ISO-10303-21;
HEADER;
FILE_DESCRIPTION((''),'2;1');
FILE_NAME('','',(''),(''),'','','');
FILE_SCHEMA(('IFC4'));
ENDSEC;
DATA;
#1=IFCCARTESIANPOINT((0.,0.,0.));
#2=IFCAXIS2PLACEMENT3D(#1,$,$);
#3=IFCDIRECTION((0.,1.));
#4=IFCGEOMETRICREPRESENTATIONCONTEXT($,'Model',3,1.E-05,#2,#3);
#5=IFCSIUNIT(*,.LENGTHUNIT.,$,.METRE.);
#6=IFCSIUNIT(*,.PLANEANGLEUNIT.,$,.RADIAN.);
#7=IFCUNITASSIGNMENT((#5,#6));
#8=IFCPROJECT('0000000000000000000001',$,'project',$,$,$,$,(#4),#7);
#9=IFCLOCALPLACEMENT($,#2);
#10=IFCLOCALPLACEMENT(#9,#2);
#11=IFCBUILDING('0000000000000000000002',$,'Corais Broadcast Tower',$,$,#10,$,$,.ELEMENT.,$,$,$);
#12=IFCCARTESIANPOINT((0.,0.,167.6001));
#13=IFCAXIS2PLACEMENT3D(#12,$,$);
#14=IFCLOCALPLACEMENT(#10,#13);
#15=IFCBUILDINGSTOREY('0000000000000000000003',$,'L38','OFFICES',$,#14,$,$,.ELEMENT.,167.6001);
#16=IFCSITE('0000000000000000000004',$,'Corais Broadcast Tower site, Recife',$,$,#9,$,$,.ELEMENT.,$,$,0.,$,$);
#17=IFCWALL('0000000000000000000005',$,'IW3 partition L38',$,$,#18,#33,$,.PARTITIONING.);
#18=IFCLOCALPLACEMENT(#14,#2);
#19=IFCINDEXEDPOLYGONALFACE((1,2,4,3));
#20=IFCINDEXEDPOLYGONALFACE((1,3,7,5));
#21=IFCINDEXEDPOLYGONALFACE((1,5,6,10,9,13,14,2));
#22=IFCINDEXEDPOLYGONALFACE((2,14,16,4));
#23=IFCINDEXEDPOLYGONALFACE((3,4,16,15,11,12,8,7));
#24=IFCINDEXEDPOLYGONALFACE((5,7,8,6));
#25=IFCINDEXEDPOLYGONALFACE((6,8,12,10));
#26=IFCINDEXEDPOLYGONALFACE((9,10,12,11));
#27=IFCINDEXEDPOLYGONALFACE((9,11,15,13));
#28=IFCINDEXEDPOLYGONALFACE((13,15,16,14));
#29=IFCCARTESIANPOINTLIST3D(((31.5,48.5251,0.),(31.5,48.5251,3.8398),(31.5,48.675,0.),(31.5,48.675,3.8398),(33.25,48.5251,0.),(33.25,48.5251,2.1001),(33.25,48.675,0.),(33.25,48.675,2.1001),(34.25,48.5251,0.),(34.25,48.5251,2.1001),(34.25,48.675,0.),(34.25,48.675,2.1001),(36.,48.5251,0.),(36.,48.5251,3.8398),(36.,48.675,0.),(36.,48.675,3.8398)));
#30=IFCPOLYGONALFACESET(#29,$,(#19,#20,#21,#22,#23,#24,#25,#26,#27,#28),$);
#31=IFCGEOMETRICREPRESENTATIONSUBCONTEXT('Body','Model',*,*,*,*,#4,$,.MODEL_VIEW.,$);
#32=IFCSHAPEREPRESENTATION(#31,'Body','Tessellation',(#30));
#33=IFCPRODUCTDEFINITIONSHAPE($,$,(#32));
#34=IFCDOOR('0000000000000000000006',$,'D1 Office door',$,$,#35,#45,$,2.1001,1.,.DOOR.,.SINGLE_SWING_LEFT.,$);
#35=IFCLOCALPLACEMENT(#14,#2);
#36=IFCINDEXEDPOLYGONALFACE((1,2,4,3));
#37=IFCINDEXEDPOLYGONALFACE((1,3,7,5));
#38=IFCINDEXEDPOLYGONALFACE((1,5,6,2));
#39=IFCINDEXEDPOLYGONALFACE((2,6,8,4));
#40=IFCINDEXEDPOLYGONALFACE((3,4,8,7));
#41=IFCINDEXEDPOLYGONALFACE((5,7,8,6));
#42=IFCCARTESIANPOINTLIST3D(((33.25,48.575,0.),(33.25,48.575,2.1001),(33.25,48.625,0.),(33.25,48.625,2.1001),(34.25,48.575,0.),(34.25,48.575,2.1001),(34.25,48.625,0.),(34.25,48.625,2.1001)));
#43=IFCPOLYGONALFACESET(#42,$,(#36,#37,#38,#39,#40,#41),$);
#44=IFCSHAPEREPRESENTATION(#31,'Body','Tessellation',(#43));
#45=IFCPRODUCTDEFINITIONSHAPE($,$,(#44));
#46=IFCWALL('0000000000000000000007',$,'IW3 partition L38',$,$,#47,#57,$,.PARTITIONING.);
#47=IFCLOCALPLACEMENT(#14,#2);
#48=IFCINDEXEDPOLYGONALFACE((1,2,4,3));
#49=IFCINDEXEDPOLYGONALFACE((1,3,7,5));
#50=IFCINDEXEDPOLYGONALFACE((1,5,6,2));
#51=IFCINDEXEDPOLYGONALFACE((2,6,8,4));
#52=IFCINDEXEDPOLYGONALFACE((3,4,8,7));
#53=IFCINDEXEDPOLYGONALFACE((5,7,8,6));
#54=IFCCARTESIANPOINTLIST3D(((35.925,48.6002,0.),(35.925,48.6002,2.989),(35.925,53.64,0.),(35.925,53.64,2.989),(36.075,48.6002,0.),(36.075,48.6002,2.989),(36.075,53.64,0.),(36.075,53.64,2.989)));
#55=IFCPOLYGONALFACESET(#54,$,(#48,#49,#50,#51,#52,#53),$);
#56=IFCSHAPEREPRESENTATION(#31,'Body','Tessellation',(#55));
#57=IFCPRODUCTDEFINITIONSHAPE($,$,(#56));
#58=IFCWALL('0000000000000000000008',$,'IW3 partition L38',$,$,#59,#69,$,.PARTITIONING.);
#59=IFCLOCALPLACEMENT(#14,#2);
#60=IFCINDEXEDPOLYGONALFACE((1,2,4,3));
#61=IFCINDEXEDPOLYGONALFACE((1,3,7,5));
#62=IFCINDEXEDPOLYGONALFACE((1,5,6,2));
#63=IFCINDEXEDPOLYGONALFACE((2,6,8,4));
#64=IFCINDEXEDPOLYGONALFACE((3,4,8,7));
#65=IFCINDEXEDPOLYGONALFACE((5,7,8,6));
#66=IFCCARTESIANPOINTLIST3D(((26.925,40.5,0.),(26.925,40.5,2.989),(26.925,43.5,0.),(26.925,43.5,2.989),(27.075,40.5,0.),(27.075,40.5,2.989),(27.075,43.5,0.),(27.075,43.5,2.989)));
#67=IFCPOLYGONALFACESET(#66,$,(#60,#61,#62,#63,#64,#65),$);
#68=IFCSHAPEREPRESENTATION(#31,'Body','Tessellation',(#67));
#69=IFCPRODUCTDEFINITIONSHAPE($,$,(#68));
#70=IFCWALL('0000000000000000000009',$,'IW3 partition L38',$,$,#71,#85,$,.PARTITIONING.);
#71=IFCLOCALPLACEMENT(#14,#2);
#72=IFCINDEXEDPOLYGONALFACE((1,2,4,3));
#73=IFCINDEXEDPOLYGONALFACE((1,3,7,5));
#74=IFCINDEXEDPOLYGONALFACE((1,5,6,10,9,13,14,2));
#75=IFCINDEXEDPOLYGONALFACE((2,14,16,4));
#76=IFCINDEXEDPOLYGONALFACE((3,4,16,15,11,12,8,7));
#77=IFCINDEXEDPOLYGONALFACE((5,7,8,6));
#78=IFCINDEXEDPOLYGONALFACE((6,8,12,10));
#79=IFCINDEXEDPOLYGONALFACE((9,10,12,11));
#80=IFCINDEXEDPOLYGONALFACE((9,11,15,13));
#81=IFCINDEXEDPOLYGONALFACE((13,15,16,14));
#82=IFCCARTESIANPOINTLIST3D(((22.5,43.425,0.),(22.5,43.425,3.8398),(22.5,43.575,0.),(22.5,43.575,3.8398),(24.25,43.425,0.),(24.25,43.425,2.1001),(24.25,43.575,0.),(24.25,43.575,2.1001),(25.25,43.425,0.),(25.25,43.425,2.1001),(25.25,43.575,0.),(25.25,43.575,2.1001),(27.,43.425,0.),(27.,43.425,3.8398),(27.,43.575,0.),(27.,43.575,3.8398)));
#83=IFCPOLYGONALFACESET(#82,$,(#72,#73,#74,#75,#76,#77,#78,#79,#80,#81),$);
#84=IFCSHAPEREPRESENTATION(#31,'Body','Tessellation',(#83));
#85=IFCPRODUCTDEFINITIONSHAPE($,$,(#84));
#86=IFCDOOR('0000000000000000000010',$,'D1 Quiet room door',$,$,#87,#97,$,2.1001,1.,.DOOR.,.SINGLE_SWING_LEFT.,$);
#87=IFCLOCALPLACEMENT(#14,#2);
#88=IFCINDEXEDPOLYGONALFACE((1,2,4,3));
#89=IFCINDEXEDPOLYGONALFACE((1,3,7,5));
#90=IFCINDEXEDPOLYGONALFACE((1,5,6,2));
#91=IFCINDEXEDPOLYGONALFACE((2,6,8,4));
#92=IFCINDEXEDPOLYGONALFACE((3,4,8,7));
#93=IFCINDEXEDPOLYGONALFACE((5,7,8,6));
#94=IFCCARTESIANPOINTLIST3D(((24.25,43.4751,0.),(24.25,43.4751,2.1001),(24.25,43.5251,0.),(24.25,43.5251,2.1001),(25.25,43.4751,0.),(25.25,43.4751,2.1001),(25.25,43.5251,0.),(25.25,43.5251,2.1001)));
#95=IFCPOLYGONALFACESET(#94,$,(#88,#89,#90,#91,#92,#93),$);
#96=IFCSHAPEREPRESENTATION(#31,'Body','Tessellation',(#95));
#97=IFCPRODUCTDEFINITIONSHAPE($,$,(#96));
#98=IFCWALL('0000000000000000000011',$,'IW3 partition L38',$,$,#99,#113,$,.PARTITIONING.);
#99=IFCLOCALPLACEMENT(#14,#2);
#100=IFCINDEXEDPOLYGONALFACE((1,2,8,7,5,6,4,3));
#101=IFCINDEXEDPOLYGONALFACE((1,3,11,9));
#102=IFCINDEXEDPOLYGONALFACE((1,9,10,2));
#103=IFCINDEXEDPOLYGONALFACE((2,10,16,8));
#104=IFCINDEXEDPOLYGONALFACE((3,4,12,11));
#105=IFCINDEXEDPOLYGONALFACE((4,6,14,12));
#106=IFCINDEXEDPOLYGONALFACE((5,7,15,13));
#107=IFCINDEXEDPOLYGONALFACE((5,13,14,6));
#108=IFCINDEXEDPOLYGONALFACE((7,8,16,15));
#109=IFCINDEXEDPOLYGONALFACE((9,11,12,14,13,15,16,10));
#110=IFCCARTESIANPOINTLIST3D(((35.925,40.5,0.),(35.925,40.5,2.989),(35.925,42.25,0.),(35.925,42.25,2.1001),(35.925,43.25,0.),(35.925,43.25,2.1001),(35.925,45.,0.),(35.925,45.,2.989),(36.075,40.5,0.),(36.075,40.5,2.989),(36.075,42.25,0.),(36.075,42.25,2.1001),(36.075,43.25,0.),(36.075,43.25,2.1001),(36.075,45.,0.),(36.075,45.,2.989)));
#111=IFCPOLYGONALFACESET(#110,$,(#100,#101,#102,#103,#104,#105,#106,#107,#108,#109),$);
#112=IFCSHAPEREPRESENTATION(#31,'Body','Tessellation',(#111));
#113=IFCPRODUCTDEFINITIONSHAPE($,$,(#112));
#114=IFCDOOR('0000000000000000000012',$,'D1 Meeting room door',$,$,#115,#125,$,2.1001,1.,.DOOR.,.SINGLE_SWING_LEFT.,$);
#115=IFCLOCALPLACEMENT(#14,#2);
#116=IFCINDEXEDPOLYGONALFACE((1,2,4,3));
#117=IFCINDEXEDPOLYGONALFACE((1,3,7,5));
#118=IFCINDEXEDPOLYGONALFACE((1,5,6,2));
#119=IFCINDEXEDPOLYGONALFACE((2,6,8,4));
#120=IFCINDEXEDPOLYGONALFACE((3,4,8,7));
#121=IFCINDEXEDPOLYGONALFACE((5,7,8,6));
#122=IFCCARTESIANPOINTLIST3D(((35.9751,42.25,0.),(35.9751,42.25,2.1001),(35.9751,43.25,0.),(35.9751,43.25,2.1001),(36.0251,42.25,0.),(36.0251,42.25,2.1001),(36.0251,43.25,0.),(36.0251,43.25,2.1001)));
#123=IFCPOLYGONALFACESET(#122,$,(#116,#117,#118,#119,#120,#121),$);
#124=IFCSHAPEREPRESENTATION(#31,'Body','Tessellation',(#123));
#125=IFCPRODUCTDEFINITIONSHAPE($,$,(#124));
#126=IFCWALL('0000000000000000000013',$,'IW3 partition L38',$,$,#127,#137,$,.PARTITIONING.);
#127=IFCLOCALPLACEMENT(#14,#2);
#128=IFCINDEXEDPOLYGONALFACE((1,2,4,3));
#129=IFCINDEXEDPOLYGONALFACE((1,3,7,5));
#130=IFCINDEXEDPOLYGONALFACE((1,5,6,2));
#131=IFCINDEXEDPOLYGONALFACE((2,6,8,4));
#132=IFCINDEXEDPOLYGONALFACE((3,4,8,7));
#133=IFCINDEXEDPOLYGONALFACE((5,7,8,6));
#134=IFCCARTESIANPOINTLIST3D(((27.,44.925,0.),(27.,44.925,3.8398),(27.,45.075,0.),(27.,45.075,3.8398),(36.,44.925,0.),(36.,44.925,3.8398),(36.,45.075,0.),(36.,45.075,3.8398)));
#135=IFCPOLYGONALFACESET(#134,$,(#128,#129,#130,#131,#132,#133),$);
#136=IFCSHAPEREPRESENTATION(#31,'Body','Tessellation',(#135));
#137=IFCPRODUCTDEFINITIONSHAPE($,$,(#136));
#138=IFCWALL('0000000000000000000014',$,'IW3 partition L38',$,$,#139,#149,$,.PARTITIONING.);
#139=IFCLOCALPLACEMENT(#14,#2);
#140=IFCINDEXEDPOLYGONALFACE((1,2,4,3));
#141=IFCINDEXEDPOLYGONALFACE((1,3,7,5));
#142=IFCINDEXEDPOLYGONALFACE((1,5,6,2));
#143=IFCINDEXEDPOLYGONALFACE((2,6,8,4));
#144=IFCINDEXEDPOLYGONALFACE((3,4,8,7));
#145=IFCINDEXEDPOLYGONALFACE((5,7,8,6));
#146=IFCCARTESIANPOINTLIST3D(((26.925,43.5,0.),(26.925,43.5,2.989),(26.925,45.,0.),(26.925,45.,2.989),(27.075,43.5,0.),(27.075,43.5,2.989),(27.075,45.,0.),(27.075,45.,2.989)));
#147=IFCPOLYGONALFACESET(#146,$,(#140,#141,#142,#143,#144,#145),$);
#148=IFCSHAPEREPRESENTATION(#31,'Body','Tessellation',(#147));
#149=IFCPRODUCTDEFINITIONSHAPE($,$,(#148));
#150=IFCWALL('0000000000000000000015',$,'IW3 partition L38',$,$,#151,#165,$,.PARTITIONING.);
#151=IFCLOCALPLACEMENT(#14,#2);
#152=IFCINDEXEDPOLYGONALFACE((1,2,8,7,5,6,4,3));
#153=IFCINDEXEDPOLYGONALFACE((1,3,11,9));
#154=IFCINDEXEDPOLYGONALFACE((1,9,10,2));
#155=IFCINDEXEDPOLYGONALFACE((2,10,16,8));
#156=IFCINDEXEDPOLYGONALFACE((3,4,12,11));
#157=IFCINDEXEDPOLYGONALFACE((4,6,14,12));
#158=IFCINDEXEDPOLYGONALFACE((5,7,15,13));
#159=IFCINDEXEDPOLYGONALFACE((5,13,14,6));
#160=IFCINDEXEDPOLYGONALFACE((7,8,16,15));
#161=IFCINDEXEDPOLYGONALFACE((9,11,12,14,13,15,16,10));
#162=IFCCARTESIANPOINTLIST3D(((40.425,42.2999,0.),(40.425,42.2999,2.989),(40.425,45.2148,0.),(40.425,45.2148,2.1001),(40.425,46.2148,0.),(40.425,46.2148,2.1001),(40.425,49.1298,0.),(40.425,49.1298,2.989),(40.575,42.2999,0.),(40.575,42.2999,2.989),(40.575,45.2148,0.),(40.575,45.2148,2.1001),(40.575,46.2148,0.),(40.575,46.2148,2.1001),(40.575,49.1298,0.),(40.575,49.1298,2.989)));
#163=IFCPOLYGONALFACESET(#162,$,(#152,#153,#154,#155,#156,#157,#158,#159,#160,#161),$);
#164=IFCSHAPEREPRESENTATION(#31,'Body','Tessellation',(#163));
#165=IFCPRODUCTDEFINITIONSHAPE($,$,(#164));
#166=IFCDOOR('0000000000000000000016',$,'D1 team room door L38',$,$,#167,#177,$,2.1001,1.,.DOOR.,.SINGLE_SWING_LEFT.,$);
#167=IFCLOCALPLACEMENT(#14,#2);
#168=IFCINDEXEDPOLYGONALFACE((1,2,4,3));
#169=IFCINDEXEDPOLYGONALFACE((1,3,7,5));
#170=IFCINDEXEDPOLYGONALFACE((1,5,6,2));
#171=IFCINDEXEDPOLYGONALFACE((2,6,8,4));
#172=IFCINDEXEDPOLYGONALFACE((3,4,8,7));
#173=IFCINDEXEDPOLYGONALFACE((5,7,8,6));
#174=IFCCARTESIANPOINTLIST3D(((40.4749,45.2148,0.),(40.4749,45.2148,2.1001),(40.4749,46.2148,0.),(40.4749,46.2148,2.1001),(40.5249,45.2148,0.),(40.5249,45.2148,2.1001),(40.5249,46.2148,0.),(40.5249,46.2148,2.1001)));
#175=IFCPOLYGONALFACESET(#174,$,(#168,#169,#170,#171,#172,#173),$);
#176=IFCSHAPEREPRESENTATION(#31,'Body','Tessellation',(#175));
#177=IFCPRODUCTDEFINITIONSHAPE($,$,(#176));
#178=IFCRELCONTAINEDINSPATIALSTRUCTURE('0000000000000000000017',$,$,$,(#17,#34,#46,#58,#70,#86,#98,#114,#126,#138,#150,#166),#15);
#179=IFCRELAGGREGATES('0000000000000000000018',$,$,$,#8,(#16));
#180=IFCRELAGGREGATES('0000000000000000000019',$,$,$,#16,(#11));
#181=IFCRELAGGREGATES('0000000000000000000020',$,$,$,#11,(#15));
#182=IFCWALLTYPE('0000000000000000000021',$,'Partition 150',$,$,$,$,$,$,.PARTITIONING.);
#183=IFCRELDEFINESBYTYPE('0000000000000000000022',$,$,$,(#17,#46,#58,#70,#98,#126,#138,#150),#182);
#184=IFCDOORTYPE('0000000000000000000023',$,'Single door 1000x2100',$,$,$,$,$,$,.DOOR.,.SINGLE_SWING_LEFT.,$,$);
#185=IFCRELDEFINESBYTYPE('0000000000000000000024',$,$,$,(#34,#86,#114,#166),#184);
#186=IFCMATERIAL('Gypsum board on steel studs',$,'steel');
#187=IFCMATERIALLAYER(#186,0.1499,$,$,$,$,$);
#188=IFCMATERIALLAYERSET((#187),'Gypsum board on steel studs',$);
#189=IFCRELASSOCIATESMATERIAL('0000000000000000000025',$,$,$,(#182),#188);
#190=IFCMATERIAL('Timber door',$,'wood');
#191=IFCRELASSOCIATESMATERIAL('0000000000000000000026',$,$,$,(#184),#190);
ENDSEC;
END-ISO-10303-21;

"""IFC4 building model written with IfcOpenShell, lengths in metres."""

from ifc_helpers import new_model, si_unit, direction, frame, frame_2d, origin, place, context, subcontext, project, spatial, rectangle, extrude, material, layer, layer_set, type_object, element, fill, save


model = new_model("IFC4")

# Units and contexts
model_context = context("Model", 3, precision=1e-05, world=origin(), true_north=direction((0.0, 1.0)))
body_context = subcontext(model_context, "Body", "Model", "MODEL_VIEW")
ifc_project = project(units=[si_unit("LENGTHUNIT", "METRE"), si_unit("PLANEANGLEUNIT", "RADIAN")], contexts=[model_context])

# Site, building, storey
site_placement = place(None, origin())
site = spatial("IfcSite", under=ifc_project, at=site_placement, Name="Corais Broadcast Tower site, Recife", CompositionType="ELEMENT", RefElevation=0.0)
building_placement = place(site_placement, origin())
building = spatial("IfcBuilding", under=site, at=building_placement, Name="Corais Broadcast Tower", CompositionType="ELEMENT")
storey_placement = place(building_placement, frame((0.0, 0.0, 167.6001)))
storey = spatial("IfcBuildingStorey", under=building, at=storey_placement, Name="L38", Description="OFFICES", CompositionType="ELEMENT", Elevation=167.6001)

# Shared definitions
ifc_material_1 = material(Name="Gypsum board on steel studs", Category="steel")
ifc_layer_1 = layer(ifc_material_1, 0.1499)
ifc_layer_set_1 = layer_set([ifc_layer_1], Name="Gypsum board on steel studs")
wall_type_1 = type_object("IfcWallType", Name="Partition 150", PredefinedType="PARTITIONING", material=ifc_layer_set_1)
ifc_material_2 = material(Name="Timber door", Category="wood")
door_type = type_object("IfcDoorType", Name="Single door 1000x2100", OperationType="SINGLE_SWING_LEFT", PredefinedType="DOOR", material=ifc_material_2)

# Wall, opening, door
wall_1_placement = place(storey_placement, frame((31.5, 48.6001, 0.0), z_axis=(0.0, 0.0, 1.0), x_axis=(1.0, 0.0, 0.0)))
wall_1 = element("IfcWall", 1, at=wall_1_placement, inside=storey, type_object=wall_type_1, Name="IW3 partition L38", PredefinedType="PARTITIONING", context=body_context, shape_type="SweptSolid", body=[
    extrude(rectangle(XDim=4.5, YDim=0.1499, at=frame_2d((2.25, 0.0))), origin(), (0.0, 0.0, 1.0), 3.8398),
])
opening_1_placement = place(wall_1_placement, frame((1.75, 0.0, 0.0)))
opening_1 = element("IfcOpeningElement", 2, at=opening_1_placement, cuts=wall_1, PredefinedType="OPENING", context=body_context, shape_type="SweptSolid", body=[
    extrude(rectangle(XDim=1.0, YDim=2.1001, at=frame_2d((0.5, 1.05))), frame((0.0, 0.085, 0.0), z_axis=(0.0, -1.0, 0.0), x_axis=(1.0, 0.0, 0.0)), (0.0, 0.0, 1.0), 0.1699),
])
door_1_placement = place(opening_1_placement, origin())
door_1 = element("IfcDoor", 3, at=door_1_placement, inside=storey, type_object=door_type, Name="D1 Office door", OperationType="SINGLE_SWING_LEFT", OverallHeight=2.1001, OverallWidth=1.0, PredefinedType="DOOR", context=body_context, shape_type="SweptSolid", body=[
    extrude(rectangle(XDim=1.0, YDim=2.1001, at=frame_2d((0.5, 1.05))), frame((0.0, 0.0249, 0.0), z_axis=(0.0, -1.0, 0.0), x_axis=(1.0, 0.0, 0.0)), (0.0, 0.0, 1.0), 0.05),
])
fill(opening_1, door_1)

# Walls
wall_2_placement = place(storey_placement, frame((36.0, 48.6001, 0.0), z_axis=(0.0, 0.0, 1.0), x_axis=(0.0, 1.0, 0.0)))
element("IfcWall", 4, at=wall_2_placement, inside=storey, type_object=wall_type_1, Name="IW3 partition L38", PredefinedType="PARTITIONING", context=body_context, shape_type="SweptSolid", body=[
    extrude(rectangle(XDim=5.0398, YDim=0.1499, at=frame_2d((2.52, 0.0))), origin(), (0.0, 0.0, 1.0), 2.989),
])
wall_3_placement = place(storey_placement, frame((27.0, 40.5, 0.0), z_axis=(0.0, 0.0, 1.0), x_axis=(0.0, 1.0, 0.0)))
element("IfcWall", 5, at=wall_3_placement, inside=storey, type_object=wall_type_1, Name="IW3 partition L38", PredefinedType="PARTITIONING", context=body_context, shape_type="SweptSolid", body=[
    extrude(rectangle(XDim=3.0, YDim=0.1499, at=frame_2d((1.5, 0.0))), origin(), (0.0, 0.0, 1.0), 2.989),
])

# Walls, openings, doors
wall_4_placement = place(storey_placement, frame((27.0, 43.5, 0.0), z_axis=(0.0, 0.0, 1.0), x_axis=(-1.0, 0.0, 0.0)))
wall_4 = element("IfcWall", 6, at=wall_4_placement, inside=storey, type_object=wall_type_1, Name="IW3 partition L38", PredefinedType="PARTITIONING", context=body_context, shape_type="SweptSolid", body=[
    extrude(rectangle(XDim=4.5, YDim=0.1499, at=frame_2d((2.25, 0.0))), origin(), (0.0, 0.0, 1.0), 3.8398),
])
opening_2_placement = place(wall_4_placement, frame((1.75, 0.0, 0.0)))
opening_2 = element("IfcOpeningElement", 7, at=opening_2_placement, cuts=wall_4, PredefinedType="OPENING", context=body_context, shape_type="SweptSolid", body=[
    extrude(rectangle(XDim=1.0, YDim=2.1001, at=frame_2d((0.5, 1.05))), frame((0.0, 0.085, 0.0), z_axis=(0.0, -1.0, 0.0), x_axis=(1.0, 0.0, 0.0)), (0.0, 0.0, 1.0), 0.1699),
])
door_2_placement = place(opening_2_placement, origin())
door_2 = element("IfcDoor", 8, at=door_2_placement, inside=storey, type_object=door_type, Name="D1 Quiet room door", OperationType="SINGLE_SWING_LEFT", OverallHeight=2.1001, OverallWidth=1.0, PredefinedType="DOOR", context=body_context, shape_type="SweptSolid", body=[
    extrude(rectangle(XDim=1.0, YDim=2.1001, at=frame_2d((0.5, 1.05))), frame((0.0, 0.0249, 0.0), z_axis=(0.0, -1.0, 0.0), x_axis=(1.0, 0.0, 0.0)), (0.0, 0.0, 1.0), 0.05),
])
fill(opening_2, door_2)
wall_5_placement = place(storey_placement, frame((36.0, 40.5, 0.0), z_axis=(0.0, 0.0, 1.0), x_axis=(0.0, 1.0, 0.0)))
wall_5 = element("IfcWall", 9, at=wall_5_placement, inside=storey, type_object=wall_type_1, Name="IW3 partition L38", PredefinedType="PARTITIONING", context=body_context, shape_type="SweptSolid", body=[
    extrude(rectangle(XDim=4.5, YDim=0.1499, at=frame_2d((2.25, 0.0))), origin(), (0.0, 0.0, 1.0), 2.989),
])
opening_3_placement = place(wall_5_placement, frame((1.75, 0.0, 0.0)))
opening_3 = element("IfcOpeningElement", 10, at=opening_3_placement, cuts=wall_5, PredefinedType="OPENING", context=body_context, shape_type="SweptSolid", body=[
    extrude(rectangle(XDim=1.0, YDim=2.1001, at=frame_2d((0.5, 1.05))), frame((0.0, 0.085, 0.0), z_axis=(0.0, -1.0, 0.0), x_axis=(1.0, 0.0, 0.0)), (0.0, 0.0, 1.0), 0.1699),
])
door_3_placement = place(opening_3_placement, origin())
door_3 = element("IfcDoor", 11, at=door_3_placement, inside=storey, type_object=door_type, Name="D1 Meeting room door", OperationType="SINGLE_SWING_LEFT", OverallHeight=2.1001, OverallWidth=1.0, PredefinedType="DOOR", context=body_context, shape_type="SweptSolid", body=[
    extrude(rectangle(XDim=1.0, YDim=2.1001, at=frame_2d((0.5, 1.05))), frame((0.0, 0.0249, 0.0), z_axis=(0.0, -1.0, 0.0), x_axis=(1.0, 0.0, 0.0)), (0.0, 0.0, 1.0), 0.05),
])
fill(opening_3, door_3)

# Walls
wall_6_placement = place(storey_placement, frame((36.0, 45.0, 0.0), z_axis=(0.0, 0.0, 1.0), x_axis=(-1.0, 0.0, 0.0)))
element("IfcWall", 12, at=wall_6_placement, inside=storey, type_object=wall_type_1, Name="IW3 partition L38", PredefinedType="PARTITIONING", context=body_context, shape_type="SweptSolid", body=[
    extrude(rectangle(XDim=9.0, YDim=0.1499, at=frame_2d((4.5, 0.0))), origin(), (0.0, 0.0, 1.0), 3.8398),
])
wall_7_placement = place(storey_placement, frame((27.0, 45.0, 0.0), z_axis=(0.0, 0.0, 1.0), x_axis=(0.0, -1.0, 0.0)))
element("IfcWall", 13, at=wall_7_placement, inside=storey, type_object=wall_type_1, Name="IW3 partition L38", PredefinedType="PARTITIONING", context=body_context, shape_type="SweptSolid", body=[
    extrude(rectangle(XDim=1.5, YDim=0.1499, at=frame_2d((0.75, 0.0))), origin(), (0.0, 0.0, 1.0), 2.989),
])

# Wall, opening, door
wall_8_placement = place(storey_placement, frame((40.5, 49.1299, 0.0), z_axis=(0.0, 0.0, 1.0), x_axis=(0.0, -1.0, 0.0)))
wall_8 = element("IfcWall", 14, at=wall_8_placement, inside=storey, type_object=wall_type_1, Name="IW3 partition L38", PredefinedType="PARTITIONING", context=body_context, shape_type="SweptSolid", body=[
    extrude(rectangle(XDim=6.8298, YDim=0.1499, at=frame_2d((3.415, 0.0))), origin(), (0.0, 0.0, 1.0), 2.989),
])
opening_4_placement = place(wall_8_placement, frame((2.915, 0.0, 0.0)))
opening_4 = element("IfcOpeningElement", 15, at=opening_4_placement, cuts=wall_8, PredefinedType="OPENING", context=body_context, shape_type="SweptSolid", body=[
    extrude(rectangle(XDim=1.0, YDim=2.1001, at=frame_2d((0.5, 1.05))), frame((0.0, 0.085, 0.0), z_axis=(0.0, -1.0, 0.0), x_axis=(1.0, 0.0, 0.0)), (0.0, 0.0, 1.0), 0.1699),
])
door_4_placement = place(opening_4_placement, origin())
door_4 = element("IfcDoor", 16, at=door_4_placement, inside=storey, type_object=door_type, Name="D1 team room door L38", OperationType="SINGLE_SWING_LEFT", OverallHeight=2.1001, OverallWidth=1.0, PredefinedType="DOOR", context=body_context, shape_type="SweptSolid", body=[
    extrude(rectangle(XDim=1.0, YDim=2.1001, at=frame_2d((0.5, 1.05))), frame((0.0, 0.0249, 0.0), z_axis=(0.0, -1.0, 0.0), x_axis=(1.0, 0.0, 0.0)), (0.0, 0.0, 1.0), 0.05),
])
fill(opening_4, door_4)

save(model, "model.ifc")
